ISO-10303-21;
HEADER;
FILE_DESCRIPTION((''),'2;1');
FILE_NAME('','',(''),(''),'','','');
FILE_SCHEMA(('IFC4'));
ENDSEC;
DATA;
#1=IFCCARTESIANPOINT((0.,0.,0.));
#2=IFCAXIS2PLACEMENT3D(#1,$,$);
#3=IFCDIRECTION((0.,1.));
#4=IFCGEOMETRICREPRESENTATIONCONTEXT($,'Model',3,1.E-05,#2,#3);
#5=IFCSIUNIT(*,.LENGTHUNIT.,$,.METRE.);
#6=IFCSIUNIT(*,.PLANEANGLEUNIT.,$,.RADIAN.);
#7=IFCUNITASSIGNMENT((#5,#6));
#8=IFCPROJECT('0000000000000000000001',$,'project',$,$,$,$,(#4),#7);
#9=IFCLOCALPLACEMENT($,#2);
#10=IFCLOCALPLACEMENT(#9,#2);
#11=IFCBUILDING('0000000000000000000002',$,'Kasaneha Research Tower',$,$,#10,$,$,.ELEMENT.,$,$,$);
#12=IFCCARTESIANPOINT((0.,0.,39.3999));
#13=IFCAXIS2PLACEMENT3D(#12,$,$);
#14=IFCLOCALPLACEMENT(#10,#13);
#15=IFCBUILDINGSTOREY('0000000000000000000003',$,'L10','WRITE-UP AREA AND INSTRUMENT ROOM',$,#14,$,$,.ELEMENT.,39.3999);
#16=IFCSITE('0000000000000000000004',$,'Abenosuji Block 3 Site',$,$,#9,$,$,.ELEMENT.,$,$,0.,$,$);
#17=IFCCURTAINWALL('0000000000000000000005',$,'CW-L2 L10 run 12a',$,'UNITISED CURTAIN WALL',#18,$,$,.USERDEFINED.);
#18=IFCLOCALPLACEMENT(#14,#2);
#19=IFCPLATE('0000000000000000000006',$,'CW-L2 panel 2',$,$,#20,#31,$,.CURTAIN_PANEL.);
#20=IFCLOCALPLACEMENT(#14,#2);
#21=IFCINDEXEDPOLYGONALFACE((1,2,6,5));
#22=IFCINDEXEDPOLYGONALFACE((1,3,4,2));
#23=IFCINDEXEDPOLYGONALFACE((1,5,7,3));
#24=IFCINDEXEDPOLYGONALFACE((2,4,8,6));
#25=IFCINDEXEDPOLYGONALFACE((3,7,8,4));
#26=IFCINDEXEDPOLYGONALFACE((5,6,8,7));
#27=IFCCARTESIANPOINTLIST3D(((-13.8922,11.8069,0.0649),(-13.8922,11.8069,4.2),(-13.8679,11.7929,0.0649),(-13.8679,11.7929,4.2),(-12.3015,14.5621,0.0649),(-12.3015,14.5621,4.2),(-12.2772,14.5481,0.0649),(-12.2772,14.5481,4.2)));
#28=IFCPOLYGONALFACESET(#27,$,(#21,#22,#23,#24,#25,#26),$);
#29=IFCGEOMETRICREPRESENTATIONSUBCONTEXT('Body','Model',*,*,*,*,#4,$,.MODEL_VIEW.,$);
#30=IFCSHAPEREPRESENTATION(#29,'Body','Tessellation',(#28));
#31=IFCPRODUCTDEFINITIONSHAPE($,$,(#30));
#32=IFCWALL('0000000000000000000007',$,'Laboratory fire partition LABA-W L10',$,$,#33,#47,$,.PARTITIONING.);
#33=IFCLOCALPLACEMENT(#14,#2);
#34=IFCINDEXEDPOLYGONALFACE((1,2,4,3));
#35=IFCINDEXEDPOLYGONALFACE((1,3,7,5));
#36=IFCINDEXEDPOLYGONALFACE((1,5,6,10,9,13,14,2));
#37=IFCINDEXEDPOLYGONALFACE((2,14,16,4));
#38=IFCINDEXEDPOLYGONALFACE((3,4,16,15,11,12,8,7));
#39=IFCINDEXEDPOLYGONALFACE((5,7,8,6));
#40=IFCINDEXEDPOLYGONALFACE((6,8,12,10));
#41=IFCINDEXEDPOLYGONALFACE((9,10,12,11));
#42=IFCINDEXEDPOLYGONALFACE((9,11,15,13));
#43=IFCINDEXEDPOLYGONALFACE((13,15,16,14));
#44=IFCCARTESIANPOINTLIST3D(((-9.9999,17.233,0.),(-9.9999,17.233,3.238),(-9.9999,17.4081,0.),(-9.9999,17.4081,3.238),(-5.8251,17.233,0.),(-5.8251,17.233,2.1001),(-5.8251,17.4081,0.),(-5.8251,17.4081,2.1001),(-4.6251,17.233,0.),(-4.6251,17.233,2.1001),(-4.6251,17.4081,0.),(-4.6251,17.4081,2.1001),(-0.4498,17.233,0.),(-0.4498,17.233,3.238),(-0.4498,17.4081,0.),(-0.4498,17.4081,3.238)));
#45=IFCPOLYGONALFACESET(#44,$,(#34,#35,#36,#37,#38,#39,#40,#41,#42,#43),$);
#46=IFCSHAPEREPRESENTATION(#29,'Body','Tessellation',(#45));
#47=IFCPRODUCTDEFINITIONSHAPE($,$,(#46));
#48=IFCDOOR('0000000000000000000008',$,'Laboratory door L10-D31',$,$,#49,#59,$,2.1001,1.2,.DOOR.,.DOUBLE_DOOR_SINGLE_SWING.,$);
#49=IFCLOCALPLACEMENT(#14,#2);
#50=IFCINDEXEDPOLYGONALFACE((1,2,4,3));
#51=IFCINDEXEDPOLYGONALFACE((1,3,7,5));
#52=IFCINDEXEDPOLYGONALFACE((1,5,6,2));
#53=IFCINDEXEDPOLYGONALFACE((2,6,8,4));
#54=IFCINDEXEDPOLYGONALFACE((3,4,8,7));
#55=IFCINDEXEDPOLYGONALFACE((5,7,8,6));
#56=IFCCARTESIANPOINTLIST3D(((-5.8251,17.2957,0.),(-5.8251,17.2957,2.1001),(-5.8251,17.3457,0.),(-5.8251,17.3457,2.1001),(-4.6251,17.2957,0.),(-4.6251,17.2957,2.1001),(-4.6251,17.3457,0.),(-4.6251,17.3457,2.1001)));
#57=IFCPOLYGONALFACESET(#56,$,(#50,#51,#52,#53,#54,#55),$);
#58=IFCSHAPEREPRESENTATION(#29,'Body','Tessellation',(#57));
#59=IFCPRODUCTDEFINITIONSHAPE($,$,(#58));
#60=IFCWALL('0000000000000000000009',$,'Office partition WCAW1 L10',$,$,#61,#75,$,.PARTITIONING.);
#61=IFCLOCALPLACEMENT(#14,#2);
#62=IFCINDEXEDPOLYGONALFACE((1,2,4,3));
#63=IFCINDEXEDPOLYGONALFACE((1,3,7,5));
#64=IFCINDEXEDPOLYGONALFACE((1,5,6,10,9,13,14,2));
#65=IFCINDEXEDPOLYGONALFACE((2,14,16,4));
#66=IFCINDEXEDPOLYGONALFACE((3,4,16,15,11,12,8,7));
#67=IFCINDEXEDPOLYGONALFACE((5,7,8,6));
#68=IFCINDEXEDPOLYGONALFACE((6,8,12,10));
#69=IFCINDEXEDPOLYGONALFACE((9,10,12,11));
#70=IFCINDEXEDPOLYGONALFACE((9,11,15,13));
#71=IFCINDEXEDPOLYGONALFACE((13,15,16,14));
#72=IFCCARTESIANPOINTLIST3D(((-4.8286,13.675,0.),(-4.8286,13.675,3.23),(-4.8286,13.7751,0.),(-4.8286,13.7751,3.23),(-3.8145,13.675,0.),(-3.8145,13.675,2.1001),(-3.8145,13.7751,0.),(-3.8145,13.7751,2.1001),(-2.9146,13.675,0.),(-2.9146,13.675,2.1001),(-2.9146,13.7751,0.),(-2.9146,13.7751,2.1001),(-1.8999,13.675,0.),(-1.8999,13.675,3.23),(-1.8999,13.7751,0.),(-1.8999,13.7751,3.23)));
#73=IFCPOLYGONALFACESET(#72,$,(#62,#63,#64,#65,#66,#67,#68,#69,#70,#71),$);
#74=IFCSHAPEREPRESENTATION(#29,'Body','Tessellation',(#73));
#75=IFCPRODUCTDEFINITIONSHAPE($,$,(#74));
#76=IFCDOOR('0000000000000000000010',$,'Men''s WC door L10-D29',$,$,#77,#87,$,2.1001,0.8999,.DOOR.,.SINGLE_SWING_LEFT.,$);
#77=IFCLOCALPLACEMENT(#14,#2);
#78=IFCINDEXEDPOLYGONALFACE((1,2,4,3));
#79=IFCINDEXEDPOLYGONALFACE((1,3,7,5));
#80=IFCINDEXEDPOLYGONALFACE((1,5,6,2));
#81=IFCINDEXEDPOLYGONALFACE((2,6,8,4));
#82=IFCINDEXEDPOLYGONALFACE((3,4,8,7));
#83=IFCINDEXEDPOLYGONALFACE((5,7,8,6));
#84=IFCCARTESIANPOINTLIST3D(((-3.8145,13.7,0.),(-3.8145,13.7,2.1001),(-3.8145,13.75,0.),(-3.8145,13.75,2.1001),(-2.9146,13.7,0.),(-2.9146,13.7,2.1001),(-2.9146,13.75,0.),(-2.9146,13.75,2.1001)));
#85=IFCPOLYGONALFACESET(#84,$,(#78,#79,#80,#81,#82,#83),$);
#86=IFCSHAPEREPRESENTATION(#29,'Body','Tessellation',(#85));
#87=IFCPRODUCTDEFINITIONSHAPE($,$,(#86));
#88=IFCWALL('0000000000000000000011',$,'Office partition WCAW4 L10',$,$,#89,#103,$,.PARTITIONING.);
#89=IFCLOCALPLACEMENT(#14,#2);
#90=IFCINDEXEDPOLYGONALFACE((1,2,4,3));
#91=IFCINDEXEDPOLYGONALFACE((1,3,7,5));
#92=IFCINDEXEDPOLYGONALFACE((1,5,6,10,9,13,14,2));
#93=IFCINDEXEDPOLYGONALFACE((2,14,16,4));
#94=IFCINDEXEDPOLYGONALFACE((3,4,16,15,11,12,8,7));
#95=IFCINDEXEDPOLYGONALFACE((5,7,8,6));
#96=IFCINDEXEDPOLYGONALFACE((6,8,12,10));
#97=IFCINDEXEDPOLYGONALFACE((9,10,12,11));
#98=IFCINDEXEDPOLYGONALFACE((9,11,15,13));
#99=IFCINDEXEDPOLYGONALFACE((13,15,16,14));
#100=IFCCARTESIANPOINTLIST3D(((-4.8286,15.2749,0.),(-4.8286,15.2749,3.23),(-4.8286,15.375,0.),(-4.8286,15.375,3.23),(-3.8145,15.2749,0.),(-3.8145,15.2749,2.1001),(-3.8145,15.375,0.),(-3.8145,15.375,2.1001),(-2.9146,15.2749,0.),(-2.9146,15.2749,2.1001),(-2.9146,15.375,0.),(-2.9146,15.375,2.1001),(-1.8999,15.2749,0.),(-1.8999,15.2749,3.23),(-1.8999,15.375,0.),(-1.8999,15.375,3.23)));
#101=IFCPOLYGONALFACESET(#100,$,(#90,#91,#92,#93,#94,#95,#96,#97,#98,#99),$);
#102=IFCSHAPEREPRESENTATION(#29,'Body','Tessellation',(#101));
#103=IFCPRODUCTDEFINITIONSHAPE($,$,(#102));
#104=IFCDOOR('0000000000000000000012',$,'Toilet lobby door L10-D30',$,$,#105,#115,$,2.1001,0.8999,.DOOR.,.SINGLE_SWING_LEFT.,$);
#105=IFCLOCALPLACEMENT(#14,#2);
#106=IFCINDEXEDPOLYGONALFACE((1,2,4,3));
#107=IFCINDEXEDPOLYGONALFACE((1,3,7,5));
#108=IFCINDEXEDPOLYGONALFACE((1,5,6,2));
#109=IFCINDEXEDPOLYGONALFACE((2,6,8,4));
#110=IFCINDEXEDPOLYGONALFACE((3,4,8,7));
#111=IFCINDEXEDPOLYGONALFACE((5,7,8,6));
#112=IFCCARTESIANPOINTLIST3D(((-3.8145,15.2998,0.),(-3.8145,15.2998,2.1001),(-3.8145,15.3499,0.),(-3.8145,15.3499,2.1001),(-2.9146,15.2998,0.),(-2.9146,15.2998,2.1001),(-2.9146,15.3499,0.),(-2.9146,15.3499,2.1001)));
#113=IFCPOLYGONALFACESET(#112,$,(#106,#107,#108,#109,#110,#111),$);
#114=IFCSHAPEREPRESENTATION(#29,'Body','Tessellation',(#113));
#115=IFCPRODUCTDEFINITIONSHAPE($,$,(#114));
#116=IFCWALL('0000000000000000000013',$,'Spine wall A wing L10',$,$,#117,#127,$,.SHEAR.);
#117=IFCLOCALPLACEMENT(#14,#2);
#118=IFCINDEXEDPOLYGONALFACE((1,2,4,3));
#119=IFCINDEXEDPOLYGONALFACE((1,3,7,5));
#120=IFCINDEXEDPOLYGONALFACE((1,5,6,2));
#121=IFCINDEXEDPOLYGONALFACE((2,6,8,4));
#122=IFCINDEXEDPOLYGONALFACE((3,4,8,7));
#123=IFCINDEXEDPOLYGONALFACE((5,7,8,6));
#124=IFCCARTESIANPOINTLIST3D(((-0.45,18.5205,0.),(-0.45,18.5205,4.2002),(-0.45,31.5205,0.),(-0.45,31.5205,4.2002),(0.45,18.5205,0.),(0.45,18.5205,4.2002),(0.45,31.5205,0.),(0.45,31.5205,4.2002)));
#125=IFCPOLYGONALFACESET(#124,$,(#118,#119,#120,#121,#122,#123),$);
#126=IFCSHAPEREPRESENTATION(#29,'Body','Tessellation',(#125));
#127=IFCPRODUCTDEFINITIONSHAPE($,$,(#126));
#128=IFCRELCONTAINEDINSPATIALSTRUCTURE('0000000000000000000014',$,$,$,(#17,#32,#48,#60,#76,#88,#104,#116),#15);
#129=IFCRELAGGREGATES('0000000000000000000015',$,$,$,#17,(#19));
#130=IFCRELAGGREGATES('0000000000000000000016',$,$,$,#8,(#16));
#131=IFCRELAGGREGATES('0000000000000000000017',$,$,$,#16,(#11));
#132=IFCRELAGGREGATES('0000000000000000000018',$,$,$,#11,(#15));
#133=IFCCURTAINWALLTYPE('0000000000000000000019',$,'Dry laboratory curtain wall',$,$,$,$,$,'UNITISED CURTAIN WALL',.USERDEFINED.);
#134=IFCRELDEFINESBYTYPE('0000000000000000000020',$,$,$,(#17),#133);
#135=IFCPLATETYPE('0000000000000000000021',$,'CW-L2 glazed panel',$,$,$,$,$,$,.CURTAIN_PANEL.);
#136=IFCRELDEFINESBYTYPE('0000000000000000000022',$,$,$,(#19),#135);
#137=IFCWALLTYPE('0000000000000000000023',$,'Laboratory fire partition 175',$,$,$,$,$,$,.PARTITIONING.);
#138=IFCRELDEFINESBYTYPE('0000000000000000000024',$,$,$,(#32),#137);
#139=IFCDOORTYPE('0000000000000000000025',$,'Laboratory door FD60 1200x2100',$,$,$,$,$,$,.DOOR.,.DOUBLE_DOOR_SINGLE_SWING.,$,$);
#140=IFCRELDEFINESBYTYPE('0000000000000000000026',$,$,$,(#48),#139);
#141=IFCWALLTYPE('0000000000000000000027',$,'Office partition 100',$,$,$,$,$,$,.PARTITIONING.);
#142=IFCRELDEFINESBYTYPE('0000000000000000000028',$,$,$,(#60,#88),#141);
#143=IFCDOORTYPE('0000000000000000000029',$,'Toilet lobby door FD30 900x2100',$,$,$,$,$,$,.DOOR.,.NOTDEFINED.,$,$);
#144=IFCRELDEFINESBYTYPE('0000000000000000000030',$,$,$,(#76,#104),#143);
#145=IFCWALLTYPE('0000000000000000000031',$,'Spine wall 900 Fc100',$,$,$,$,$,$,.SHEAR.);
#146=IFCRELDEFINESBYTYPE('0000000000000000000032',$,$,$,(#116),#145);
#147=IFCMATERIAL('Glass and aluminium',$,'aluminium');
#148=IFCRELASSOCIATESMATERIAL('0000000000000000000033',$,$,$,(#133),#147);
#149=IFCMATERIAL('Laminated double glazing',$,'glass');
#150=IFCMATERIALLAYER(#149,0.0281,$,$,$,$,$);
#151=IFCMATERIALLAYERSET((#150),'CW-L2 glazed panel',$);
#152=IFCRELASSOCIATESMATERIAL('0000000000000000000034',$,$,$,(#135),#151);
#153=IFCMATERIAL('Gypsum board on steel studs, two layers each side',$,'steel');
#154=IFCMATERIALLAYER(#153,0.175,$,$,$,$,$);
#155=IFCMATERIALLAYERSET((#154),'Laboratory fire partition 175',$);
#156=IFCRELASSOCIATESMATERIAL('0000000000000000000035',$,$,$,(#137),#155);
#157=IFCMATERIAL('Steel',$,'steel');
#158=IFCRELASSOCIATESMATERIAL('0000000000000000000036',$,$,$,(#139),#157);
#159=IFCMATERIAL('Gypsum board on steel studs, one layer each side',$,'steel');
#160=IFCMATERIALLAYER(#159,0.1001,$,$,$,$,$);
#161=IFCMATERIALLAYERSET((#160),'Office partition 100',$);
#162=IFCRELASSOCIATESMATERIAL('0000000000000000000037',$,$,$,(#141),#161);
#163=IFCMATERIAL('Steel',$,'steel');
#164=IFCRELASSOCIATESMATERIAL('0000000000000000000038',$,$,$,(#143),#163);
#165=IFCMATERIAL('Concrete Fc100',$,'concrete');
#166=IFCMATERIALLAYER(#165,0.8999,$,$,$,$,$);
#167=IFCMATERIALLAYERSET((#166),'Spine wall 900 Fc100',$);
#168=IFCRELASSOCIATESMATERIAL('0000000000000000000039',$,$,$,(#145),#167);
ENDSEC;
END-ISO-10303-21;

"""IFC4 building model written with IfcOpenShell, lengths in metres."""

from ifc_helpers import new_model, si_unit, direction, frame, frame_2d, origin, origin_2d, place, context, subcontext, project, spatial, rectangle, extrude, material, layer, layer_set, type_object, element, fill, aggregate, save


model = new_model("IFC4")

# Units and contexts
model_context = context("Model", 3, precision=1e-05, world=origin(), true_north=direction((0.0, 1.0)))
body_context = subcontext(model_context, "Body", "Model", "MODEL_VIEW")
ifc_project = project(units=[si_unit("LENGTHUNIT", "METRE"), si_unit("PLANEANGLEUNIT", "RADIAN")], contexts=[model_context])

# Site, building, storey
site_placement = place(None, origin())
site = spatial("IfcSite", under=ifc_project, at=site_placement, Name="Abenosuji Block 3 Site", CompositionType="ELEMENT", RefElevation=0.0)
building_placement = place(site_placement, origin())
building = spatial("IfcBuilding", under=site, at=building_placement, Name="Kasaneha Research Tower", CompositionType="ELEMENT")
storey_placement = place(building_placement, frame((0.0, 0.0, 39.3999)))
storey = spatial("IfcBuildingStorey", under=building, at=storey_placement, Name="L10", Description="WRITE-UP AREA AND INSTRUMENT ROOM", CompositionType="ELEMENT", Elevation=39.3999)

# Curtain wall
ifc_material_1 = material(Name="Glass and aluminium", Category="aluminium")
curtain_wall_type = type_object("IfcCurtainWallType", Name="Dry laboratory curtain wall", ElementType="UNITISED CURTAIN WALL", PredefinedType="USERDEFINED", material=ifc_material_1)
curtain_wall_1_placement = place(storey_placement, origin())
curtain_wall_1 = element("IfcCurtainWall", 1, at=curtain_wall_1_placement, inside=storey, type_object=curtain_wall_type, Name="CW-L2 L10 run 12a", ObjectType="UNITISED CURTAIN WALL", PredefinedType="USERDEFINED")

# Plate
ifc_material_2 = material(Name="Laminated double glazing", Category="glass")
ifc_layer_1 = layer(ifc_material_2, 0.0281)
ifc_layer_set_1 = layer_set([ifc_layer_1], Name="CW-L2 glazed panel")
plate_type = type_object("IfcPlateType", Name="CW-L2 glazed panel", PredefinedType="CURTAIN_PANEL", material=ifc_layer_set_1)
plate_1_placement = place(storey_placement, frame((-13.0847, 13.1775, 0.0649), z_axis=(0.0, 0.0, 1.0), x_axis=(-0.5, -0.866025, 0.0)))
plate_1 = element("IfcPlate", 2, at=plate_1_placement, type_object=plate_type, Name="CW-L2 panel 2", PredefinedType="CURTAIN_PANEL", context=body_context, shape_type="SweptSolid", body=[
    extrude(rectangle(XDim=3.1814, YDim=0.0281, at=origin_2d()), origin(), (0.0, 0.0, 1.0), 4.135),
])
aggregate(curtain_wall_1, [plate_1])

# Walls, openings, doors
ifc_material_3 = material(Name="Gypsum board on steel studs, two layers each side", Category="steel")
ifc_layer_2 = layer(ifc_material_3, 0.175)
ifc_layer_set_2 = layer_set([ifc_layer_2], Name="Laboratory fire partition 175")
wall_type_1 = type_object("IfcWallType", Name="Laboratory fire partition 175", PredefinedType="PARTITIONING", material=ifc_layer_set_2)
wall_1_placement = place(storey_placement, frame((-0.45, 17.3206, 0.0), z_axis=(0.0, 0.0, 1.0), x_axis=(-1.0, 0.0, 0.0)))
wall_1 = element("IfcWall", 3, at=wall_1_placement, inside=storey, type_object=wall_type_1, Name="Laboratory fire partition LABA-W L10", PredefinedType="PARTITIONING", context=body_context, shape_type="SweptSolid", body=[
    extrude(rectangle(XDim=9.55, YDim=0.175, at=frame_2d((4.7749, 0.0))), origin(), (0.0, 0.0, 1.0), 3.238),
])
opening_1_placement = place(wall_1_placement, frame((4.175, 0.0, 0.0)))
opening_1 = element("IfcOpeningElement", 4, at=opening_1_placement, cuts=wall_1, PredefinedType="OPENING", context=body_context, shape_type="SweptSolid", body=[
    extrude(rectangle(XDim=1.2, YDim=2.1001, at=frame_2d((0.6001, 1.05))), frame((0.0, 0.0977, 0.0), z_axis=(0.0, -1.0, 0.0), x_axis=(1.0, 0.0, 0.0)), (0.0, 0.0, 1.0), 0.1951),
])
ifc_material_4 = material(Name="Steel", Category="steel")
door_type_1 = type_object("IfcDoorType", Name="Laboratory door FD60 1200x2100", OperationType="DOUBLE_DOOR_SINGLE_SWING", PredefinedType="DOOR", material=ifc_material_4)
door_1_placement = place(opening_1_placement, origin())
door_1 = element("IfcDoor", 5, at=door_1_placement, inside=storey, type_object=door_type_1, Name="Laboratory door L10-D31", OperationType="DOUBLE_DOOR_SINGLE_SWING", OverallHeight=2.1001, OverallWidth=1.2, PredefinedType="DOOR", context=body_context, shape_type="SweptSolid", body=[
    extrude(rectangle(XDim=1.2, YDim=2.1001, at=frame_2d((0.6001, 1.05))), frame((0.0, 0.0249, 0.0), z_axis=(0.0, -1.0, 0.0), x_axis=(1.0, 0.0, 0.0)), (0.0, 0.0, 1.0), 0.05),
])
fill(opening_1, door_1)
ifc_material_5 = material(Name="Gypsum board on steel studs, one layer each side", Category="steel")
ifc_layer_3 = layer(ifc_material_5, 0.1001)
ifc_layer_set_3 = layer_set([ifc_layer_3], Name="Office partition 100")
wall_type_2 = type_object("IfcWallType", Name="Office partition 100", PredefinedType="PARTITIONING", material=ifc_layer_set_3)
wall_2_placement = place(storey_placement, frame((-4.8286, 13.7251, 0.0), z_axis=(0.0, 0.0, 1.0), x_axis=(1.0, 0.0, 0.0)))
wall_2 = element("IfcWall", 6, at=wall_2_placement, inside=storey, type_object=wall_type_2, Name="Office partition WCAW1 L10", PredefinedType="PARTITIONING", context=body_context, shape_type="SweptSolid", body=[
    extrude(rectangle(XDim=2.9287, YDim=0.1001, at=frame_2d((1.4644, 0.0))), origin(), (0.0, 0.0, 1.0), 3.23),
])
opening_2_placement = place(wall_2_placement, frame((1.0142, 0.0, 0.0)))
opening_2 = element("IfcOpeningElement", 7, at=opening_2_placement, cuts=wall_2, PredefinedType="OPENING", context=body_context, shape_type="SweptSolid", body=[
    extrude(rectangle(XDim=0.8999, YDim=2.1001, at=frame_2d((0.45, 1.05))), frame((0.0, 0.0601, 0.0), z_axis=(0.0, -1.0, 0.0), x_axis=(1.0, 0.0, 0.0)), (0.0, 0.0, 1.0), 0.1201),
])
ifc_material_6 = material(Name="Steel", Category="steel")
door_type_2 = type_object("IfcDoorType", Name="Toilet lobby door FD30 900x2100", OperationType="NOTDEFINED", PredefinedType="DOOR", material=ifc_material_6)
door_2_placement = place(opening_2_placement, origin())
door_2 = element("IfcDoor", 8, at=door_2_placement, inside=storey, type_object=door_type_2, Name="Men's WC door L10-D29", OperationType="SINGLE_SWING_LEFT", OverallHeight=2.1001, OverallWidth=0.8999, PredefinedType="DOOR", context=body_context, shape_type="SweptSolid", body=[
    extrude(rectangle(XDim=0.8999, YDim=2.1001, at=frame_2d((0.45, 1.05))), frame((0.0, 0.0249, 0.0), z_axis=(0.0, -1.0, 0.0), x_axis=(1.0, 0.0, 0.0)), (0.0, 0.0, 1.0), 0.05),
])
fill(opening_2, door_2)
wall_3_placement = place(storey_placement, frame((-4.8286, 15.325, 0.0), z_axis=(0.0, 0.0, 1.0), x_axis=(1.0, 0.0, 0.0)))
wall_3 = element("IfcWall", 9, at=wall_3_placement, inside=storey, type_object=wall_type_2, Name="Office partition WCAW4 L10", PredefinedType="PARTITIONING", context=body_context, shape_type="SweptSolid", body=[
    extrude(rectangle(XDim=2.9287, YDim=0.1001, at=frame_2d((1.4644, 0.0))), origin(), (0.0, 0.0, 1.0), 3.23),
])
opening_3_placement = place(wall_3_placement, frame((1.0142, 0.0, 0.0)))
opening_3 = element("IfcOpeningElement", 10, at=opening_3_placement, cuts=wall_3, PredefinedType="OPENING", context=body_context, shape_type="SweptSolid", body=[
    extrude(rectangle(XDim=0.8999, YDim=2.1001, at=frame_2d((0.45, 1.05))), frame((0.0, 0.0601, 0.0), z_axis=(0.0, -1.0, 0.0), x_axis=(1.0, 0.0, 0.0)), (0.0, 0.0, 1.0), 0.1201),
])
door_3_placement = place(opening_3_placement, origin())
door_3 = element("IfcDoor", 11, at=door_3_placement, inside=storey, type_object=door_type_2, Name="Toilet lobby door L10-D30", OperationType="SINGLE_SWING_LEFT", OverallHeight=2.1001, OverallWidth=0.8999, PredefinedType="DOOR", context=body_context, shape_type="SweptSolid", body=[
    extrude(rectangle(XDim=0.8999, YDim=2.1001, at=frame_2d((0.45, 1.05))), frame((0.0, 0.0249, 0.0), z_axis=(0.0, -1.0, 0.0), x_axis=(1.0, 0.0, 0.0)), (0.0, 0.0, 1.0), 0.05),
])
fill(opening_3, door_3)

# Wall
ifc_material_7 = material(Name="Concrete Fc100", Category="concrete")
ifc_layer_4 = layer(ifc_material_7, 0.8999)
ifc_layer_set_4 = layer_set([ifc_layer_4], Name="Spine wall 900 Fc100")
wall_type_3 = type_object("IfcWallType", Name="Spine wall 900 Fc100", PredefinedType="SHEAR", material=ifc_layer_set_4)
wall_4_placement = place(storey_placement, frame((0.0, 18.5205, 0.0), z_axis=(0.0, 0.0, 1.0), x_axis=(0.0, 1.0, 0.0)))
element("IfcWall", 12, at=wall_4_placement, inside=storey, type_object=wall_type_3, Name="Spine wall A wing L10", PredefinedType="SHEAR", context=body_context, shape_type="SweptSolid", body=[
    extrude(rectangle(XDim=13.0, YDim=0.8999, at=frame_2d((6.5, 0.0))), origin(), (0.0, 0.0, 1.0), 4.2002),
])

save(model, "model.ifc")
